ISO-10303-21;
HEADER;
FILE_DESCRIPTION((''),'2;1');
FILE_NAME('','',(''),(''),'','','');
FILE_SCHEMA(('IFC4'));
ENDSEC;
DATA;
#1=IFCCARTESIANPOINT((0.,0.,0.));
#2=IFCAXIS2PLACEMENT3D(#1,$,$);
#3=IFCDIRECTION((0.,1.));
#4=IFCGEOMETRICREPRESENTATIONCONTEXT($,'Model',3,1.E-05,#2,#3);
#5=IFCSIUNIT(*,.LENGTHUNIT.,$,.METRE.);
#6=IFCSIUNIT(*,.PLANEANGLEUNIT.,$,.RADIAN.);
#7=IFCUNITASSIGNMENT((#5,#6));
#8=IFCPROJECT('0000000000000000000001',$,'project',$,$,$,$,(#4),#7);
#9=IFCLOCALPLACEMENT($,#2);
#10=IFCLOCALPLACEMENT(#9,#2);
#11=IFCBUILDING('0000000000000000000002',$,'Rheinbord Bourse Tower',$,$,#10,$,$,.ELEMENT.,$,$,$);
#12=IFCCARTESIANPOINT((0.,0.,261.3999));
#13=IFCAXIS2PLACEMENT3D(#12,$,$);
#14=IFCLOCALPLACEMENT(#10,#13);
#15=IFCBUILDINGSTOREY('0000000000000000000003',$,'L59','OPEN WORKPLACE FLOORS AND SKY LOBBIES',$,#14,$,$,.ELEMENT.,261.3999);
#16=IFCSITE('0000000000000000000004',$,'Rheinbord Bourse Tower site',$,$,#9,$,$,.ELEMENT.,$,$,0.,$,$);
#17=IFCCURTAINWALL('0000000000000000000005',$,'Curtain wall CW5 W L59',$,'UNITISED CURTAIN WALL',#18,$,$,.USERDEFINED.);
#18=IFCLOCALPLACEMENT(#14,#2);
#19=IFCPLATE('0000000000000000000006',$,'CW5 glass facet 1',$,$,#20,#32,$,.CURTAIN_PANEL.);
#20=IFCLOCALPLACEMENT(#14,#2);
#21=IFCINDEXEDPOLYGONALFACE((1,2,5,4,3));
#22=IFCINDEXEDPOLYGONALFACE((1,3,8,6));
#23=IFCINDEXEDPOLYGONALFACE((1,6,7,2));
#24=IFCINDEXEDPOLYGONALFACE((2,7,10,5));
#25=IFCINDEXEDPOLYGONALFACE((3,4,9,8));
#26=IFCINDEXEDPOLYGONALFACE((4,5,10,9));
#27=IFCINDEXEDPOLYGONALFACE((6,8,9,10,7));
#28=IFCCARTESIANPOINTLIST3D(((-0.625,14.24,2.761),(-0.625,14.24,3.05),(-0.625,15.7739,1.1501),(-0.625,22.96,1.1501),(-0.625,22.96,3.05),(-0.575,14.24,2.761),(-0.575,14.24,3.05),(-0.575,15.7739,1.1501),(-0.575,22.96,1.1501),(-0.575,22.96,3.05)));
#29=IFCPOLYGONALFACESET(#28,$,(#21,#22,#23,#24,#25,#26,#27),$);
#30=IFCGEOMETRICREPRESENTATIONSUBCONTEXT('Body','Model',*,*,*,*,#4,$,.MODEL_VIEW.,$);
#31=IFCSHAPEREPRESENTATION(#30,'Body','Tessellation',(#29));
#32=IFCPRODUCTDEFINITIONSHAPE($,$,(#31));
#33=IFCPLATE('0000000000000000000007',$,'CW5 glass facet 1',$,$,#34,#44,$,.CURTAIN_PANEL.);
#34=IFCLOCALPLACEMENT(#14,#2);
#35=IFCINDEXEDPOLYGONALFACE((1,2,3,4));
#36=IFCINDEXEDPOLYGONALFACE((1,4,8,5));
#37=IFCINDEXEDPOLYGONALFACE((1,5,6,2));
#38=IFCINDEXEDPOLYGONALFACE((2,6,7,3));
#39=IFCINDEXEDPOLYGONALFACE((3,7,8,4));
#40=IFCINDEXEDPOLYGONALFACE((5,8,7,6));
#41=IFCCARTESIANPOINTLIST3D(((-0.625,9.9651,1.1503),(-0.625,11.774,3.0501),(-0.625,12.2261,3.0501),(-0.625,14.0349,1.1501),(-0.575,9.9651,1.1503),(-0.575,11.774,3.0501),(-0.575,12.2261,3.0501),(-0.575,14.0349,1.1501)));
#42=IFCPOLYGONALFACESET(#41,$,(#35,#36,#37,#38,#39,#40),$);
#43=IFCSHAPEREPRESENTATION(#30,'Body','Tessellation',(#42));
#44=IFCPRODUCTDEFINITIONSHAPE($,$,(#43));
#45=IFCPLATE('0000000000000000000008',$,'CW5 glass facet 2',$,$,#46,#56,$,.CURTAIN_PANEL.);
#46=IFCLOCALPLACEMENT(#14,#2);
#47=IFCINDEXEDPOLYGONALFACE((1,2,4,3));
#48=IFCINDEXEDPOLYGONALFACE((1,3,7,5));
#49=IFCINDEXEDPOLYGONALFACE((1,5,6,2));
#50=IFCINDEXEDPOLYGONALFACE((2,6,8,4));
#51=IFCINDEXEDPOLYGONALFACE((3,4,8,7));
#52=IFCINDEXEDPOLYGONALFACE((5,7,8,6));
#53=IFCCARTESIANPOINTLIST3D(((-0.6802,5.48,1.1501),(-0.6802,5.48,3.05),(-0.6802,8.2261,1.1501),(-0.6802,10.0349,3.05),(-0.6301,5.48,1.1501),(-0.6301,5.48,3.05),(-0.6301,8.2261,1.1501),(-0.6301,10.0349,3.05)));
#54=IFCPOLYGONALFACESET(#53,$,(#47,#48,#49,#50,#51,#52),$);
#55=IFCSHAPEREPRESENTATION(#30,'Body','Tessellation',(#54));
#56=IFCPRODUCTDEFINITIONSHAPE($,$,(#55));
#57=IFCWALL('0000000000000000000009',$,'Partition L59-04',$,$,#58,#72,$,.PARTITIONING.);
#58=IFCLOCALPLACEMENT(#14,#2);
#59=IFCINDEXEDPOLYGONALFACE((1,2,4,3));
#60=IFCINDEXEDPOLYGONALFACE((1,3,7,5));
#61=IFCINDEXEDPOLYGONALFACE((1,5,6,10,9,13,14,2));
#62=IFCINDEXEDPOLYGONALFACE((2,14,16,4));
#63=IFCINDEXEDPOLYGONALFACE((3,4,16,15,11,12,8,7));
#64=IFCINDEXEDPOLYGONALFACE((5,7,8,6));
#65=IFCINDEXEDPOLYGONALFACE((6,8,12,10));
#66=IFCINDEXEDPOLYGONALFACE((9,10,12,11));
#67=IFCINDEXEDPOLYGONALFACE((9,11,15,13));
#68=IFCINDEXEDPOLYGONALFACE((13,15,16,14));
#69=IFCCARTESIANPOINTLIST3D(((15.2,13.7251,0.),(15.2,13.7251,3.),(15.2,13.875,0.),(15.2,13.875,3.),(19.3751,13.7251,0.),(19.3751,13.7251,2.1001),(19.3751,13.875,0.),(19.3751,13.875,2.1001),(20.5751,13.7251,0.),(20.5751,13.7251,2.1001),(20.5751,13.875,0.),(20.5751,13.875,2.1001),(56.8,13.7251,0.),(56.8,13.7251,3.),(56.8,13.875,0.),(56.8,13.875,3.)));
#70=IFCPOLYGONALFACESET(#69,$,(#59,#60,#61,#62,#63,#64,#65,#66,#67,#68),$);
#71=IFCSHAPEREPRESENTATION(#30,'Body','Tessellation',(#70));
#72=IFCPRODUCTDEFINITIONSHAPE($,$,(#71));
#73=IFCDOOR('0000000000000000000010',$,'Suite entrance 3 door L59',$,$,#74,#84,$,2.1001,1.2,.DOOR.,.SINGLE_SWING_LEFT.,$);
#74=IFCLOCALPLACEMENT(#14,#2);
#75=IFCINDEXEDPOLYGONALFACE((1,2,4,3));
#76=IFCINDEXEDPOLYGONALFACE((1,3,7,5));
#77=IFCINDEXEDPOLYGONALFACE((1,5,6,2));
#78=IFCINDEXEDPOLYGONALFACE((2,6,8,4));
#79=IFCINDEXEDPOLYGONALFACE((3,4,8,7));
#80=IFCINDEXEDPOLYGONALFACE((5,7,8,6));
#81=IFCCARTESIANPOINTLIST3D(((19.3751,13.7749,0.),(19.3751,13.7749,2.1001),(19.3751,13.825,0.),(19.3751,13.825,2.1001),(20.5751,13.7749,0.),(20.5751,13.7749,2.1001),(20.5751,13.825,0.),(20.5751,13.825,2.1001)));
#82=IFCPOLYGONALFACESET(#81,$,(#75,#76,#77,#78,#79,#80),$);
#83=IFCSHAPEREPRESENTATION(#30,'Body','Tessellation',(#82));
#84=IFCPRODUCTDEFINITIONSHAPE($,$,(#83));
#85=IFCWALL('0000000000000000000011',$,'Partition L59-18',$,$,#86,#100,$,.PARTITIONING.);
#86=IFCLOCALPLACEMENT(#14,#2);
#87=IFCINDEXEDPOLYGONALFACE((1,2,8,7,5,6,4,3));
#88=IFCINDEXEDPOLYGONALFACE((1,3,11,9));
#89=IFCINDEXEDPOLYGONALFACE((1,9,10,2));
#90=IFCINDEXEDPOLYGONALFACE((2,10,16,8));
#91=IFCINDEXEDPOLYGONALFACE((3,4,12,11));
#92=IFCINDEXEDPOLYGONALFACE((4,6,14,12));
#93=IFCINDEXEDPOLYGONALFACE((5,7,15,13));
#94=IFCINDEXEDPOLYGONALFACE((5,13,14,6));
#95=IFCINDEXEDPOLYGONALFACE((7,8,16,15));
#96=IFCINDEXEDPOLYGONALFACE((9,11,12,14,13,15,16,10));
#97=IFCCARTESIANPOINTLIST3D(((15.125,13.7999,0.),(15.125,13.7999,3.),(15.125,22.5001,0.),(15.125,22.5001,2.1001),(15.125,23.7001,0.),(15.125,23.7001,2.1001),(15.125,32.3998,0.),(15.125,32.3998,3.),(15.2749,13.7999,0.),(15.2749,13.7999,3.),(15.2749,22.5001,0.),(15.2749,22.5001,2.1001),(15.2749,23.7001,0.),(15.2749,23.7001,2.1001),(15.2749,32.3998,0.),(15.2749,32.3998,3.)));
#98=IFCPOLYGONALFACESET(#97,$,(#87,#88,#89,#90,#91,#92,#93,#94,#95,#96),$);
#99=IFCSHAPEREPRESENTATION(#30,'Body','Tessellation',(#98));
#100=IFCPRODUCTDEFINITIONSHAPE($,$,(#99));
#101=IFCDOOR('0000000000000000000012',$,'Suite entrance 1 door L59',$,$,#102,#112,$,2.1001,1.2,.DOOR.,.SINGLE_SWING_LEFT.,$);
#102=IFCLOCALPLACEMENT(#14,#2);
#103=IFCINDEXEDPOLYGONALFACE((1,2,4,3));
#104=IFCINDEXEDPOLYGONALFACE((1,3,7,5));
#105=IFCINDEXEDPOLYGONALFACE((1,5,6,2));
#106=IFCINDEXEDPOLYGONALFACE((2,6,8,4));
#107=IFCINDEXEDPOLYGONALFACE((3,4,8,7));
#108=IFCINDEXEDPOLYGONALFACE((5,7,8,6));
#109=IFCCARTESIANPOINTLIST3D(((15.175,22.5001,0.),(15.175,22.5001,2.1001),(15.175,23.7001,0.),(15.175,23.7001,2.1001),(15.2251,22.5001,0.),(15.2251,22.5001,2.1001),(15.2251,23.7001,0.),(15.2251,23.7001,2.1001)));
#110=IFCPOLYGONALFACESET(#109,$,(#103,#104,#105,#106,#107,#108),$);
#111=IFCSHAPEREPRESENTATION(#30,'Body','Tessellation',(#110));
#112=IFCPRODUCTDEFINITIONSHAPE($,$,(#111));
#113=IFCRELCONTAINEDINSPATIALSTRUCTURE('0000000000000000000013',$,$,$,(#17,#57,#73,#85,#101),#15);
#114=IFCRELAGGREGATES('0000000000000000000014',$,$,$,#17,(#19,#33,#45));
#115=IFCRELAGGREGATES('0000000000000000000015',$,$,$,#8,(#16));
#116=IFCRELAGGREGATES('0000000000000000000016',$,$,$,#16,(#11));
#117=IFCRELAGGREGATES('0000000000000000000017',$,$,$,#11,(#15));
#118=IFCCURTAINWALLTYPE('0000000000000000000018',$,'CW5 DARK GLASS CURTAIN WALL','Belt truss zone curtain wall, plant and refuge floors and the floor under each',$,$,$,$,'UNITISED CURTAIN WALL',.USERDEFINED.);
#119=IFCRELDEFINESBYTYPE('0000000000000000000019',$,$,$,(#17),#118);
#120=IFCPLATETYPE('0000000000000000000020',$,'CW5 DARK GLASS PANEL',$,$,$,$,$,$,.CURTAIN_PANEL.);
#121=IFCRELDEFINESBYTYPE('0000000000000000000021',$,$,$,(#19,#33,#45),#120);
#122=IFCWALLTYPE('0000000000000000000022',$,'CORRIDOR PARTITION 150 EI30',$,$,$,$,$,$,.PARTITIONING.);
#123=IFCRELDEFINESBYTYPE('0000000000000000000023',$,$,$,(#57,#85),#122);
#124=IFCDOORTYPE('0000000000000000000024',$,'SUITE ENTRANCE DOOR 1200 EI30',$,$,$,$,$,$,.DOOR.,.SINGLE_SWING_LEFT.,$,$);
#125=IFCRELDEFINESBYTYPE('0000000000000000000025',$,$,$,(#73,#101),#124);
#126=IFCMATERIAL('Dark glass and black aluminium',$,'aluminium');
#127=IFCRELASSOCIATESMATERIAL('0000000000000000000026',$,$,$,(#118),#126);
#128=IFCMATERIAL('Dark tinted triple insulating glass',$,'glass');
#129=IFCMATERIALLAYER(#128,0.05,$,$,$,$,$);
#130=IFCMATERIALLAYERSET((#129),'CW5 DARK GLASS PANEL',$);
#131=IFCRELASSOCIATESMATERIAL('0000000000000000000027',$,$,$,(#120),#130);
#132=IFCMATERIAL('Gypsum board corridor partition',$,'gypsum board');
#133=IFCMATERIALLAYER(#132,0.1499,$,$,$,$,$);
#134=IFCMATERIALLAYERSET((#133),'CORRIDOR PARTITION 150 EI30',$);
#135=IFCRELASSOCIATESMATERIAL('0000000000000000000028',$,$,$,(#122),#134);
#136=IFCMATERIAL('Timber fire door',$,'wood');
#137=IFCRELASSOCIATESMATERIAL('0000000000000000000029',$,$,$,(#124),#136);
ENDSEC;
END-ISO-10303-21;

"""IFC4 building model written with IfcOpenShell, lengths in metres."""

from ifc_helpers import new_model, si_unit, direction, frame, frame_2d, origin, place, context, subcontext, project, spatial, polyline, rectangle, outline, extrude, material, layer, layer_set, type_object, element, fill, aggregate, save


model = new_model("IFC4")

# Units and contexts
model_context = context("Model", 3, precision=1e-05, world=origin(), true_north=direction((0.0, 1.0)))
body_context = subcontext(model_context, "Body", "Model", "MODEL_VIEW")
ifc_project = project(units=[si_unit("LENGTHUNIT", "METRE"), si_unit("PLANEANGLEUNIT", "RADIAN")], contexts=[model_context])

# Site, building, storey
site_placement = place(None, origin())
site = spatial("IfcSite", under=ifc_project, at=site_placement, Name="Rheinbord Bourse Tower site", CompositionType="ELEMENT", RefElevation=0.0)
building_placement = place(site_placement, origin())
building = spatial("IfcBuilding", under=site, at=building_placement, Name="Rheinbord Bourse Tower", CompositionType="ELEMENT")
storey_placement = place(building_placement, frame((0.0, 0.0, 261.3999)))
storey = spatial("IfcBuildingStorey", under=building, at=storey_placement, Name="L59", Description="OPEN WORKPLACE FLOORS AND SKY LOBBIES", CompositionType="ELEMENT", Elevation=261.3999)

# Curtain wall
ifc_material_1 = material(Name="Dark glass and black aluminium", Category="aluminium")
curtain_wall_type = type_object("IfcCurtainWallType", Name="CW5 DARK GLASS CURTAIN WALL", Description="Belt truss zone curtain wall, plant and refuge floors and the floor under each", ElementType="UNITISED CURTAIN WALL", PredefinedType="USERDEFINED", material=ifc_material_1)
curtain_wall_placement = place(storey_placement, origin())
curtain_wall = element("IfcCurtainWall", 1, at=curtain_wall_placement, inside=storey, type_object=curtain_wall_type, Name="Curtain wall CW5 W L59", ObjectType="UNITISED CURTAIN WALL", PredefinedType="USERDEFINED")

# Plates
ifc_material_2 = material(Name="Dark tinted triple insulating glass", Category="glass")
ifc_layer_1 = layer(ifc_material_2, 0.05)
ifc_layer_set_1 = layer_set([ifc_layer_1], Name="CW5 DARK GLASS PANEL")
plate_type = type_object("IfcPlateType", Name="CW5 DARK GLASS PANEL", PredefinedType="CURTAIN_PANEL", material=ifc_layer_set_1)
plate_1_placement = place(storey_placement, frame((-0.625, 22.96, 1.1501), z_axis=(1.0, 0.0, 0.0), x_axis=(0.0, 0.0, 1.0)))
plate_1 = element("IfcPlate", 2, at=plate_1_placement, type_object=plate_type, Name="CW5 glass facet 1", PredefinedType="CURTAIN_PANEL", context=body_context, shape_type="SweptSolid", body=[
    extrude(outline(polyline([(0.0, 0.0), (1.8999, 0.0), (1.8999, 8.72), (1.6108, 8.72), (0.0, 7.186), (0.0, 0.0)])), origin(), (0.0, 0.0, 1.0), 0.05),
])
plate_2_placement = place(storey_placement, frame((-0.625, 14.0349, 1.1501), z_axis=(1.0, 0.0, 0.0), x_axis=(0.0, -0.689537, 0.724251)))
plate_2 = element("IfcPlate", 3, at=plate_2_placement, type_object=plate_type, Name="CW5 glass facet 1", PredefinedType="CURTAIN_PANEL", context=body_context, shape_type="SweptSolid", body=[
    extrude(outline(polyline([(0.0, 0.0), (2.6233, 0.0), (2.9351, 0.3274), (2.8064, 2.9475), (0.0, 0.0)])), origin(), (0.0, 0.0, 1.0), 0.05),
])
plate_3_placement = place(storey_placement, frame((-0.6802, 5.48, 3.05), z_axis=(1.0, 0.0, 0.0), x_axis=(0.0, 0.0, -1.0)))
plate_3 = element("IfcPlate", 4, at=plate_3_placement, type_object=plate_type, Name="CW5 glass facet 2", PredefinedType="CURTAIN_PANEL", context=body_context, shape_type="SweptSolid", body=[
    extrude(outline(polyline([(0.0, 0.0), (1.8999, 0.0), (1.8999, 2.7461), (0.0, 4.5549), (0.0, 0.0)])), origin(), (0.0, 0.0, 1.0), 0.05),
])
aggregate(curtain_wall, [plate_1, plate_2, plate_3])

# Walls, openings, doors
ifc_material_3 = material(Name="Gypsum board corridor partition", Category="gypsum board")
ifc_layer_2 = layer(ifc_material_3, 0.1499)
ifc_layer_set_2 = layer_set([ifc_layer_2], Name="CORRIDOR PARTITION 150 EI30")
wall_type = type_object("IfcWallType", Name="CORRIDOR PARTITION 150 EI30", PredefinedType="PARTITIONING", material=ifc_layer_set_2)
wall_1_placement = place(storey_placement, frame((15.2, 13.8, 0.0), z_axis=(0.0, 0.0, 1.0), x_axis=(1.0, 0.0, 0.0)))
wall_1 = element("IfcWall", 5, at=wall_1_placement, inside=storey, type_object=wall_type, Name="Partition L59-04", PredefinedType="PARTITIONING", context=body_context, shape_type="SweptSolid", body=[
    extrude(rectangle(XDim=41.6001, YDim=0.1499, at=frame_2d((20.8, 0.0))), origin(), (0.0, 0.0, 1.0), 3.0),
])
opening_1_placement = place(wall_1_placement, frame((4.175, 0.0, 0.0)))
opening_1 = element("IfcOpeningElement", 6, at=opening_1_placement, cuts=wall_1, PredefinedType="OPENING", context=body_context, shape_type="SweptSolid", body=[
    extrude(rectangle(XDim=1.2, YDim=2.1001, at=frame_2d((0.6001, 1.05))), frame((0.0, 0.085, 0.0), z_axis=(0.0, -1.0, 0.0), x_axis=(1.0, 0.0, 0.0)), (0.0, 0.0, 1.0), 0.1699),
])
ifc_material_4 = material(Name="Timber fire door", Category="wood")
door_type = type_object("IfcDoorType", Name="SUITE ENTRANCE DOOR 1200 EI30", OperationType="SINGLE_SWING_LEFT", PredefinedType="DOOR", material=ifc_material_4)
door_1_placement = place(opening_1_placement, origin())
door_1 = element("IfcDoor", 7, at=door_1_placement, inside=storey, type_object=door_type, Name="Suite entrance 3 door L59", OperationType="SINGLE_SWING_LEFT", OverallHeight=2.1001, OverallWidth=1.2, PredefinedType="DOOR", context=body_context, shape_type="SweptSolid", body=[
    extrude(rectangle(XDim=1.2, YDim=2.1001, at=frame_2d((0.6001, 1.05))), frame((0.0, 0.0249, 0.0), z_axis=(0.0, -1.0, 0.0), x_axis=(1.0, 0.0, 0.0)), (0.0, 0.0, 1.0), 0.05),
])
fill(opening_1, door_1)
wall_2_placement = place(storey_placement, frame((15.2, 13.8, 0.0), z_axis=(0.0, 0.0, 1.0), x_axis=(0.0, 1.0, 0.0)))
wall_2 = element("IfcWall", 8, at=wall_2_placement, inside=storey, type_object=wall_type, Name="Partition L59-18", PredefinedType="PARTITIONING", context=body_context, shape_type="SweptSolid", body=[
    extrude(rectangle(XDim=18.5999, YDim=0.1499, at=frame_2d((9.2998, 0.0))), origin(), (0.0, 0.0, 1.0), 3.0),
])
opening_2_placement = place(wall_2_placement, frame((8.7, 0.0, 0.0)))
opening_2 = element("IfcOpeningElement", 9, at=opening_2_placement, cuts=wall_2, PredefinedType="OPENING", context=body_context, shape_type="SweptSolid", body=[
    extrude(rectangle(XDim=1.2, YDim=2.1001, at=frame_2d((0.6001, 1.05))), frame((0.0, 0.085, 0.0), z_axis=(0.0, -1.0, 0.0), x_axis=(1.0, 0.0, 0.0)), (0.0, 0.0, 1.0), 0.1699),
])
door_2_placement = place(opening_2_placement, origin())
door_2 = element("IfcDoor", 10, at=door_2_placement, inside=storey, type_object=door_type, Name="Suite entrance 1 door L59", OperationType="SINGLE_SWING_LEFT", OverallHeight=2.1001, OverallWidth=1.2, PredefinedType="DOOR", context=body_context, shape_type="SweptSolid", body=[
    extrude(rectangle(XDim=1.2, YDim=2.1001, at=frame_2d((0.6001, 1.05))), frame((0.0, 0.0249, 0.0), z_axis=(0.0, -1.0, 0.0), x_axis=(1.0, 0.0, 0.0)), (0.0, 0.0, 1.0), 0.05),
])
fill(opening_2, door_2)

save(model, "model.ifc")
